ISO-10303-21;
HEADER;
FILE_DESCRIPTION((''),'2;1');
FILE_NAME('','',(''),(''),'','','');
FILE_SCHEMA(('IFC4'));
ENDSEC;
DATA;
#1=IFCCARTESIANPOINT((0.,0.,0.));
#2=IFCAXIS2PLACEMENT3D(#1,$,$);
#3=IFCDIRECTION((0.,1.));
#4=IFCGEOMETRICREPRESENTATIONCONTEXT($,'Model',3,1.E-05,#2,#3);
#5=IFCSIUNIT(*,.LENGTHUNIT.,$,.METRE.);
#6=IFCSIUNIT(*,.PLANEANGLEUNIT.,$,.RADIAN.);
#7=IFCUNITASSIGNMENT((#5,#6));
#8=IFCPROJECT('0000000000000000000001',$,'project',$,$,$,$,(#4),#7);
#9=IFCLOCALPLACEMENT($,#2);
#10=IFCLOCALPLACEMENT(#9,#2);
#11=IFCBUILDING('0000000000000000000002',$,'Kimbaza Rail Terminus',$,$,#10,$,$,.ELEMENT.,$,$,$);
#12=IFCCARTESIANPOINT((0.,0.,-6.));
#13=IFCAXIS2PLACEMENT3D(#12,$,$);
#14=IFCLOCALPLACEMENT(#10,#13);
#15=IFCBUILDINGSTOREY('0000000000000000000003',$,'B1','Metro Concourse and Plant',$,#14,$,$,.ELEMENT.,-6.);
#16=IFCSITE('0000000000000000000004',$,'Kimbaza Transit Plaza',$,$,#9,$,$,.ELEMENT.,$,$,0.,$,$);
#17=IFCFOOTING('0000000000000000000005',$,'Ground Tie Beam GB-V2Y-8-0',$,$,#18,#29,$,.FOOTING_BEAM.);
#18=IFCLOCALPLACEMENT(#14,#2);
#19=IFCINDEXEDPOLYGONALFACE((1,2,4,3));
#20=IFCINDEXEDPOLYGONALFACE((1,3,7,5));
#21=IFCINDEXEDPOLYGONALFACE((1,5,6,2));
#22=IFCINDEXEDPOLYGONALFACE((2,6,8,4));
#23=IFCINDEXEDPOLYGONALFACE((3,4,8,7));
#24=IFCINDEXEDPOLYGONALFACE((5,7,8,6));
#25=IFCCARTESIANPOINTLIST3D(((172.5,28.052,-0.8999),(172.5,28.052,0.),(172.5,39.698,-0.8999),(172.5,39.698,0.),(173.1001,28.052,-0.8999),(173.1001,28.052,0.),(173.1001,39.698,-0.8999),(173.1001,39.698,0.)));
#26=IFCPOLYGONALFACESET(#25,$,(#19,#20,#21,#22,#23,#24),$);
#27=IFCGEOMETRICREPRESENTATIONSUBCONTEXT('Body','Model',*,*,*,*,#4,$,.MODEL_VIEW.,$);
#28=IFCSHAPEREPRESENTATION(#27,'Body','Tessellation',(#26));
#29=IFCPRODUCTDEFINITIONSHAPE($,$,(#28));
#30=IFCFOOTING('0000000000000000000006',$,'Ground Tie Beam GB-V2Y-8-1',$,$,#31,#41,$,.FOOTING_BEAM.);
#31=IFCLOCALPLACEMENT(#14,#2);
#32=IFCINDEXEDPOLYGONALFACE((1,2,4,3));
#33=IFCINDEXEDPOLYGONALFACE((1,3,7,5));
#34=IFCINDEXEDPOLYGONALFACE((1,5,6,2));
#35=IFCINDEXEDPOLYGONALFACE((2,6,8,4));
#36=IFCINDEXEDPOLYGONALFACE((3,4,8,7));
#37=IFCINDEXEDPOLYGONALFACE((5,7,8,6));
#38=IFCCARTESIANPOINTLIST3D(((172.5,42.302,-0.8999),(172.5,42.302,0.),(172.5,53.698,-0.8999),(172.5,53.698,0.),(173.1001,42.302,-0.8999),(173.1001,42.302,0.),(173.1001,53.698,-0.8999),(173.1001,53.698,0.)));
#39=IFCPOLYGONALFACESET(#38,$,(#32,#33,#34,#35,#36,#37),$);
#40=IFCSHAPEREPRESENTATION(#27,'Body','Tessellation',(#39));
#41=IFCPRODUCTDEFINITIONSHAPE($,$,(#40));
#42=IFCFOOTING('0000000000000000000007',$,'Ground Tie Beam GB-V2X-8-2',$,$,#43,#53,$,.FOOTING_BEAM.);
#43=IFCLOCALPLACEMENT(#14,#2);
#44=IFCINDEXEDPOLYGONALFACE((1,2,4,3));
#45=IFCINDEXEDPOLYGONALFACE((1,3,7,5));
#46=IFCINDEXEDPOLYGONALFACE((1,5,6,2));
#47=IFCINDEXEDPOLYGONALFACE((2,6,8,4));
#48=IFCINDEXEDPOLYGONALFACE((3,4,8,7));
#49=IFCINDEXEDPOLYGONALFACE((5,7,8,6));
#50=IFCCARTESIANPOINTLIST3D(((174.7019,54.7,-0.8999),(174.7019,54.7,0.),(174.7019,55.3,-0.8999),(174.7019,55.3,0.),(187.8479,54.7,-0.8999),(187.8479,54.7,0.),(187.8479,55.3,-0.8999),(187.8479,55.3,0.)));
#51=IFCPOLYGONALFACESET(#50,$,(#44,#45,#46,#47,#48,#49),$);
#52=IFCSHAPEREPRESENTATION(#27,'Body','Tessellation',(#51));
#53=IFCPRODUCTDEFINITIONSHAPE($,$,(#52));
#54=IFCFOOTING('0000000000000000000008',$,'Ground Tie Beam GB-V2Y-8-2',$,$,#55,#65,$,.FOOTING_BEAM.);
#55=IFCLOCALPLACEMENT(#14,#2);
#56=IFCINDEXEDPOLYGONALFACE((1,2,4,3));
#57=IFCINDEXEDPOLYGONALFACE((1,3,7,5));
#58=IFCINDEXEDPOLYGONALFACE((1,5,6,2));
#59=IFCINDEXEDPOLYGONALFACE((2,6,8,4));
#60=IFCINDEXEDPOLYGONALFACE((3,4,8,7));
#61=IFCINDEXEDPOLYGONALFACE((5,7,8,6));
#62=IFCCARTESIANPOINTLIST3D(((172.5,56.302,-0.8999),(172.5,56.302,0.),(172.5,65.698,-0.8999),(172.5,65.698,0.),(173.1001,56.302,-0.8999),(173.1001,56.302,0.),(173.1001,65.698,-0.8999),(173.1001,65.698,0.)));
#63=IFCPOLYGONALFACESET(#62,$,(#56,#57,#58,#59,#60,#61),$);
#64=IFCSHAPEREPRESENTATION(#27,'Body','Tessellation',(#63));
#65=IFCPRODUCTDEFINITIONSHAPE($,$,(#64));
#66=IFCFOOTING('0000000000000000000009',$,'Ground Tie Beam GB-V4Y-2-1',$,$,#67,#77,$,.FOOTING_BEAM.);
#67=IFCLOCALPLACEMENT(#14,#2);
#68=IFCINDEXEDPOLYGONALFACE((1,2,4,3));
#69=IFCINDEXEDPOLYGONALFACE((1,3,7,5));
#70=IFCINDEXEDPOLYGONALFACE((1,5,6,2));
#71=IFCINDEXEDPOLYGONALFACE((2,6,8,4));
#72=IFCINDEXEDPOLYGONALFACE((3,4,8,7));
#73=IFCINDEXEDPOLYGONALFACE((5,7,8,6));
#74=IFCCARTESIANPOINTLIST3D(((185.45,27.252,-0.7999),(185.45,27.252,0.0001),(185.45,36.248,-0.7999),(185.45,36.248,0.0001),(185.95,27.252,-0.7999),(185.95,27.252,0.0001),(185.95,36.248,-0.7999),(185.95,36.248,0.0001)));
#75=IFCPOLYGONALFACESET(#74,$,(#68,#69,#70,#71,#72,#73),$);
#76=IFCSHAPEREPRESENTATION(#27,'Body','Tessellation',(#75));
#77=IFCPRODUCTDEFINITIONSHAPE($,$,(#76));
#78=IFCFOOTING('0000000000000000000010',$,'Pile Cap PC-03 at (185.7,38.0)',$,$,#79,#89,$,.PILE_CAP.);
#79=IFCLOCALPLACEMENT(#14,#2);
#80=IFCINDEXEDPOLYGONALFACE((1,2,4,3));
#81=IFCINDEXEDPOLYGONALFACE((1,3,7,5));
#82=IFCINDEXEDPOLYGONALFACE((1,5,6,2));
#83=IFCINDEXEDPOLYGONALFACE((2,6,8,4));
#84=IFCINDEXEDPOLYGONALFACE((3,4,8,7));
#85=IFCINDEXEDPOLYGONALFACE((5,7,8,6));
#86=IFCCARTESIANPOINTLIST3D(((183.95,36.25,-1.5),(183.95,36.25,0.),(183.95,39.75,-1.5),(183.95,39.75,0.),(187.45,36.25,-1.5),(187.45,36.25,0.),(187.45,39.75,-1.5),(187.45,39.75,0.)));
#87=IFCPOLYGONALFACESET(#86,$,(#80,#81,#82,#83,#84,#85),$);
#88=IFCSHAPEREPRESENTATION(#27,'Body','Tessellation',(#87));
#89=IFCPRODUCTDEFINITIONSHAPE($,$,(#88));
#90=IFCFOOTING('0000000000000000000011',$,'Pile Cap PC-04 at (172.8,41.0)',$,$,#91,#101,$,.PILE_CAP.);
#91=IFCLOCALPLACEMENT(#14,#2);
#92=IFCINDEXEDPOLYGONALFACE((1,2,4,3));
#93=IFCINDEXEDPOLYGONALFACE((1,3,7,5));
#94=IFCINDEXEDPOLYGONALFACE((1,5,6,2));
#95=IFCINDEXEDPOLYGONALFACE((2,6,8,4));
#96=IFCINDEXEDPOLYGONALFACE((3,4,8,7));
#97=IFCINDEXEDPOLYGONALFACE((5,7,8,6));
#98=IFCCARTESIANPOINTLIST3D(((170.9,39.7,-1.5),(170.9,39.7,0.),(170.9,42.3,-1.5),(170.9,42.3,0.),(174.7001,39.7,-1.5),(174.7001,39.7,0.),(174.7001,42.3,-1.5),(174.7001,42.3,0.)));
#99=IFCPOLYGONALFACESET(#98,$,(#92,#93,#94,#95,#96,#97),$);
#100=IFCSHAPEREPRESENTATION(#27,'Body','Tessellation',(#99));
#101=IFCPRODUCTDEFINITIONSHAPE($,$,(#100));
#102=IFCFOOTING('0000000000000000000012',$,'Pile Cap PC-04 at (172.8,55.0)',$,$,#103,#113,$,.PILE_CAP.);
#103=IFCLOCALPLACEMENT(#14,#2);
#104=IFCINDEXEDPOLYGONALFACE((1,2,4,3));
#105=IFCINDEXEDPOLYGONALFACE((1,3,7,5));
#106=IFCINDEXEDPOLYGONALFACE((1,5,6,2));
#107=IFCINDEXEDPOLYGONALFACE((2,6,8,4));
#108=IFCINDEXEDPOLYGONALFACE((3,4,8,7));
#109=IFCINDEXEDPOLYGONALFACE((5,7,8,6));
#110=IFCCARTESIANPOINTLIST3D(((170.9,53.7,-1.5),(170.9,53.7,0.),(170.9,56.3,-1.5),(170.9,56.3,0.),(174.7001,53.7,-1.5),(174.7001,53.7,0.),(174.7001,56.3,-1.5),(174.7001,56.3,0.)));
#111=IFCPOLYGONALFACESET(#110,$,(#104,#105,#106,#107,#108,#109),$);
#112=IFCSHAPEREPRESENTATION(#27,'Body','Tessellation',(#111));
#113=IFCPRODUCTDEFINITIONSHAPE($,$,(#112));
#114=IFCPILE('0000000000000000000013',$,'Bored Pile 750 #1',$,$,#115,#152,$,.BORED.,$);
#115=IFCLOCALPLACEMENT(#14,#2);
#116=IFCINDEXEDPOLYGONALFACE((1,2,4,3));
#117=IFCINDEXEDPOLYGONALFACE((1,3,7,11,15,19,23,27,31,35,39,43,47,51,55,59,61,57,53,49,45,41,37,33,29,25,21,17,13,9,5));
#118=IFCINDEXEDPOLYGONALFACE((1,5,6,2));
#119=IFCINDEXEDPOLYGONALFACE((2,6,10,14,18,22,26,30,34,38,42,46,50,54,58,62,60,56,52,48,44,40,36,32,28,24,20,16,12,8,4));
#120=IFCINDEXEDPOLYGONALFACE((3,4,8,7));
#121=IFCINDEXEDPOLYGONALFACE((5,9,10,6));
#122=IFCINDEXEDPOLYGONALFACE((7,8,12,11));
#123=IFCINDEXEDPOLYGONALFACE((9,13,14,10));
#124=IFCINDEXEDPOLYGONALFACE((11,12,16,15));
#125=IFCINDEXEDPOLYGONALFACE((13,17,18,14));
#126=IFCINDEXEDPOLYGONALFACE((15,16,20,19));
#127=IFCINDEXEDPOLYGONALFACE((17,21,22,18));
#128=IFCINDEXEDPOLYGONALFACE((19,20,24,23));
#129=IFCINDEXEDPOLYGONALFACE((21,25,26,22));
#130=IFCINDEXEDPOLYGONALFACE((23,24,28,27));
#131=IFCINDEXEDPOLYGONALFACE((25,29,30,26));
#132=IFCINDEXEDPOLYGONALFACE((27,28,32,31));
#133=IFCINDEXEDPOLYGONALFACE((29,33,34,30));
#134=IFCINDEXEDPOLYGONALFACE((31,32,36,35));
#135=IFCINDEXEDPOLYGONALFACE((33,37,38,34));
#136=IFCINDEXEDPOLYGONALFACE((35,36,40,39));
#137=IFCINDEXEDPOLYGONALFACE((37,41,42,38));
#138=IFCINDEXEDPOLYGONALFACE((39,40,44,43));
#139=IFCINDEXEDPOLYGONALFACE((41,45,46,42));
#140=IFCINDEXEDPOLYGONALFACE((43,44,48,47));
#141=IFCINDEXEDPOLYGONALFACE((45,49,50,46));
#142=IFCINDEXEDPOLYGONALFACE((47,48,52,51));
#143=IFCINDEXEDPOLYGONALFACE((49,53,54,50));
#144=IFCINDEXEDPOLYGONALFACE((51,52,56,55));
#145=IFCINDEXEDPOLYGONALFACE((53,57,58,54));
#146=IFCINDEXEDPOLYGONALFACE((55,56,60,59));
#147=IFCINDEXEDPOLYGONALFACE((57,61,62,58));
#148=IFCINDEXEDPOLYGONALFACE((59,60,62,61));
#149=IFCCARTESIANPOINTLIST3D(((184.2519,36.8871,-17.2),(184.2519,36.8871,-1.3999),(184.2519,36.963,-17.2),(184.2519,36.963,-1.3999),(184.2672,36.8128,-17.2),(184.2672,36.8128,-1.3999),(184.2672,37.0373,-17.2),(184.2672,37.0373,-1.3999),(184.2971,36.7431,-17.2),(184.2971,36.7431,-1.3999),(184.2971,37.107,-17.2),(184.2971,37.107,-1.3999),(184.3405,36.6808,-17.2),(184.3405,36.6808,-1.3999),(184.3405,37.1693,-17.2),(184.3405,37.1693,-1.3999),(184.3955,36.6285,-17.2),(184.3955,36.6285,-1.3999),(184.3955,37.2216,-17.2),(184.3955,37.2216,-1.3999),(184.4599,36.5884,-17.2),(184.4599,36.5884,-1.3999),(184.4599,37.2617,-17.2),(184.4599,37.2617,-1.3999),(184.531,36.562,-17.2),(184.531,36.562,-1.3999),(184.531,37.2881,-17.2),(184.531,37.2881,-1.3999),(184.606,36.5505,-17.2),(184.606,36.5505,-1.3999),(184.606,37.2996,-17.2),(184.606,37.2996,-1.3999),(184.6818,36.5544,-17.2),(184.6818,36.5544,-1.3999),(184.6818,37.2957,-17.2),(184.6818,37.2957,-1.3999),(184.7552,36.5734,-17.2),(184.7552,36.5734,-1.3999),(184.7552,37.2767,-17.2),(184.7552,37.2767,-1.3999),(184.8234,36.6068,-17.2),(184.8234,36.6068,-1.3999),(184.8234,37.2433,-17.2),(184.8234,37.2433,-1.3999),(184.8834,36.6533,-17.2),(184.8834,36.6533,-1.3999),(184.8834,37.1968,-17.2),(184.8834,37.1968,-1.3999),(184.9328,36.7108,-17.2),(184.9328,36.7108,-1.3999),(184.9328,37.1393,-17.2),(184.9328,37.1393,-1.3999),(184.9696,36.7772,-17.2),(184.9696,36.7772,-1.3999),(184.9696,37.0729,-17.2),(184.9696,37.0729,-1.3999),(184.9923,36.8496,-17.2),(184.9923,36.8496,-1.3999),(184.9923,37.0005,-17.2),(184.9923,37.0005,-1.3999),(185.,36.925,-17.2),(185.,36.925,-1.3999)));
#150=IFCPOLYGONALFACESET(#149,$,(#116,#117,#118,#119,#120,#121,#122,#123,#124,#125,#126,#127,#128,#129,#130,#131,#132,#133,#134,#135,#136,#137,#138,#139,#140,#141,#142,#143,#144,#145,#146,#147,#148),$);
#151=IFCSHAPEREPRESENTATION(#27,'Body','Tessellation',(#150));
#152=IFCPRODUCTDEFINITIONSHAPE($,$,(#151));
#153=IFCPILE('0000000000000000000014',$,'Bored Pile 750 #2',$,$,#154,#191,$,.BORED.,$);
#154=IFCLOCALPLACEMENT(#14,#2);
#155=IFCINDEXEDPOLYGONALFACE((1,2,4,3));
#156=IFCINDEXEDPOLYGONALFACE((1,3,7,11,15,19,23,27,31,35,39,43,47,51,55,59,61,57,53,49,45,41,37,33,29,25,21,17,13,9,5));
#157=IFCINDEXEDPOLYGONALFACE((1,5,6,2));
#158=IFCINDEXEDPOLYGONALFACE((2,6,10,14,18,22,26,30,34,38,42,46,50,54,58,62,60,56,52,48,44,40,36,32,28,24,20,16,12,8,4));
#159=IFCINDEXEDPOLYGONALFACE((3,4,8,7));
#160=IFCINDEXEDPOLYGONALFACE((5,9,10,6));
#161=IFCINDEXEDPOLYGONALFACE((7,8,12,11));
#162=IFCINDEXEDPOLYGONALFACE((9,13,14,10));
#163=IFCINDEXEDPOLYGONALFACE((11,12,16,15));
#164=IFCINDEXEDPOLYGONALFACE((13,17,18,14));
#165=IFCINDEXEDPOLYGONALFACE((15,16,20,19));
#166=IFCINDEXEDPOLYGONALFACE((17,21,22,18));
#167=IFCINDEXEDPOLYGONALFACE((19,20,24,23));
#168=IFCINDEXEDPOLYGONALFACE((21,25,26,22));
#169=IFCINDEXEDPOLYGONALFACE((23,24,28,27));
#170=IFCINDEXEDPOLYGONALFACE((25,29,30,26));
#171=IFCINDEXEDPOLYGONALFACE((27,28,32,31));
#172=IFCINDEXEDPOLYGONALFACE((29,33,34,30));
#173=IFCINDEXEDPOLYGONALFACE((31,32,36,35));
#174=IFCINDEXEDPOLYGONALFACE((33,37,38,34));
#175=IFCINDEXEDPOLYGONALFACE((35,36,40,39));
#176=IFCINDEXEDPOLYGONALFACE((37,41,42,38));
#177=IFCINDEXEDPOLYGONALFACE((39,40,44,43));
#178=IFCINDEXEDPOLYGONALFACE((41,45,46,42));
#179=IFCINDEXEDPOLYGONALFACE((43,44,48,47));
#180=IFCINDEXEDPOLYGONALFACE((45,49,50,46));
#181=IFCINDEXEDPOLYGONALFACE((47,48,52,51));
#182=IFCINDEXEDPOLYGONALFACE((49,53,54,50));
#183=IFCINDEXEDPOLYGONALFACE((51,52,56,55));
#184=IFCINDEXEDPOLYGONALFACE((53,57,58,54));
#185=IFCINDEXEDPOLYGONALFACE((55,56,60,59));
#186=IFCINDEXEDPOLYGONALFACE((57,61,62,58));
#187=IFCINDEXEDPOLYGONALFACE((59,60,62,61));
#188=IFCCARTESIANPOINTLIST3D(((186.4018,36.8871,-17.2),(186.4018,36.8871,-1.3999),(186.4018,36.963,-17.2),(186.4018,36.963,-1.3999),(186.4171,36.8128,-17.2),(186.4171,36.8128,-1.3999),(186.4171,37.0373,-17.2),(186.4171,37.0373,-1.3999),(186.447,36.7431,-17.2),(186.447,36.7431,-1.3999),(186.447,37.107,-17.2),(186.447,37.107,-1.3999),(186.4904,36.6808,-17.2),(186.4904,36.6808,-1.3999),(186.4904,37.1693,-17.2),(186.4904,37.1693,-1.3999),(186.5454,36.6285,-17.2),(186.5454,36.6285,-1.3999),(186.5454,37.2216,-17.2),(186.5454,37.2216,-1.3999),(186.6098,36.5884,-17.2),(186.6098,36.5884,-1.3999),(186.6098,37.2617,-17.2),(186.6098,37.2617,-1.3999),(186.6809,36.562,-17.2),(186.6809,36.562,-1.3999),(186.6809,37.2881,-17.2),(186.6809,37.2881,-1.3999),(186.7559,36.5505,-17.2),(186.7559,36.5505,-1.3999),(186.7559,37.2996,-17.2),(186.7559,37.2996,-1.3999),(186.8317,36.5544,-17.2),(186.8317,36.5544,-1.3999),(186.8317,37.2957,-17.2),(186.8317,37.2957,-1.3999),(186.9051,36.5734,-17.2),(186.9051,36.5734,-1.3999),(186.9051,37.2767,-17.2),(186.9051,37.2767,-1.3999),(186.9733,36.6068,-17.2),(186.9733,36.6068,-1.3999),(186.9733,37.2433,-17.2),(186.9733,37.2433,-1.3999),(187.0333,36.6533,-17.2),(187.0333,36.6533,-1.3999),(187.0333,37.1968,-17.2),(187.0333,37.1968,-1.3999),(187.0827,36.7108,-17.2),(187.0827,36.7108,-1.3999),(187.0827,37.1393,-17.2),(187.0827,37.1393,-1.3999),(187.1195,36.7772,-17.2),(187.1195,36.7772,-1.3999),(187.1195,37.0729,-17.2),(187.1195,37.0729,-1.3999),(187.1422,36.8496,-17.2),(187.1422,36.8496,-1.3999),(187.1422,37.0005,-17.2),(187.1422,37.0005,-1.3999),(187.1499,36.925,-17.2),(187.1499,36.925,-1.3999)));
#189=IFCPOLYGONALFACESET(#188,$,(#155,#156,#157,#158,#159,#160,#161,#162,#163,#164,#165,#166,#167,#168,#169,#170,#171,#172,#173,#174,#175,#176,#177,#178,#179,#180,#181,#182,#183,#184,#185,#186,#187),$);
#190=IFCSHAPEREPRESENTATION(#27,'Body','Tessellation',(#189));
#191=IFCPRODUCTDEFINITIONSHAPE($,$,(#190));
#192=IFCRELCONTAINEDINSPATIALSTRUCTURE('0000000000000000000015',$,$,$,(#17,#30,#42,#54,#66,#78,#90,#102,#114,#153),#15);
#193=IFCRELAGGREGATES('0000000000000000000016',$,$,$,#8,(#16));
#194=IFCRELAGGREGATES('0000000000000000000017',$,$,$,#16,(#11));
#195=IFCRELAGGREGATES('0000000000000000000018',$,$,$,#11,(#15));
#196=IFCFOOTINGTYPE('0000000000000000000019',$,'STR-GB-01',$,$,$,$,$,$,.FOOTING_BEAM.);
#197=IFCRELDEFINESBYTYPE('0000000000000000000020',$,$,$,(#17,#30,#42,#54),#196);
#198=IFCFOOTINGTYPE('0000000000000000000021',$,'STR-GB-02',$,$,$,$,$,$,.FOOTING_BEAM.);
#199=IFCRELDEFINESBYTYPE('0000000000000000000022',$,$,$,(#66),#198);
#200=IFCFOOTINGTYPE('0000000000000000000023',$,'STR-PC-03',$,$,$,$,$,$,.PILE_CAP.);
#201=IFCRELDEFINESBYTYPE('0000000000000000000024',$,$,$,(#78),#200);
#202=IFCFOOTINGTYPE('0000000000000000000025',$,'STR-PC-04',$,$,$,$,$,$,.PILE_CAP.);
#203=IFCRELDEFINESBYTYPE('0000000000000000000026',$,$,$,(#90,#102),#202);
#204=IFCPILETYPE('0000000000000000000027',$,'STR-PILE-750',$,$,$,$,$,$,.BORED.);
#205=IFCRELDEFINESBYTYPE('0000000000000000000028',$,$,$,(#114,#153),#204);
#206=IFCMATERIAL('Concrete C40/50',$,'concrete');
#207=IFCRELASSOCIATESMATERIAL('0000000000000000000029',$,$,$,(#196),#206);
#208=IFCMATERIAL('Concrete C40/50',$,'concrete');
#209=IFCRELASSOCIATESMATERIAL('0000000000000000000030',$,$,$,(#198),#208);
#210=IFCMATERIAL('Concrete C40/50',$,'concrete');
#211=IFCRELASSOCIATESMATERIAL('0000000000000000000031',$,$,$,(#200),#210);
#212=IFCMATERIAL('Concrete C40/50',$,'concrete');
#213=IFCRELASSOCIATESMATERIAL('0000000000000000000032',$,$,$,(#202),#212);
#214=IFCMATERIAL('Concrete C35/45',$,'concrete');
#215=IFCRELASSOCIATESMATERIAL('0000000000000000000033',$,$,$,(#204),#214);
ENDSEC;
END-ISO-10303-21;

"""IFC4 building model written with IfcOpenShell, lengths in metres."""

from ifc_helpers import new_model, si_unit, direction, frame, origin, origin_2d, place, context, subcontext, project, spatial, rectangle, circle, extrude, material, material_profile, profile_set, type_object, element, save


model = new_model("IFC4")

# Units and contexts
model_context = context("Model", 3, precision=1e-05, world=origin(), true_north=direction((0.0, 1.0)))
body_context = subcontext(model_context, "Body", "Model", "MODEL_VIEW")
ifc_project = project(units=[si_unit("LENGTHUNIT", "METRE"), si_unit("PLANEANGLEUNIT", "RADIAN")], contexts=[model_context])

# Site, building, storey
site_placement = place(None, origin())
site = spatial("IfcSite", under=ifc_project, at=site_placement, Name="Kimbaza Transit Plaza", CompositionType="ELEMENT", RefElevation=0.0)
building_placement = place(site_placement, origin())
building = spatial("IfcBuilding", under=site, at=building_placement, Name="Kimbaza Rail Terminus", CompositionType="ELEMENT")
storey_placement = place(building_placement, frame((0.0, 0.0, -6.0)))
storey = spatial("IfcBuildingStorey", under=building, at=storey_placement, Name="B1", Description="Metro Concourse and Plant", CompositionType="ELEMENT", Elevation=-6.0)

# Footings
ifc_material_1 = material(Name="Concrete C40/50", Category="concrete")
ifc_material_profile_1 = material_profile(ifc_material_1, rectangle(XDim=0.6001, YDim=0.8999, at=origin_2d()), Name="GB-01 600x900")
ifc_profile_set_1 = profile_set([ifc_material_profile_1], Name="Concrete C40/50")
footing_type_1 = type_object("IfcFootingType", Name="STR-GB-01", PredefinedType="FOOTING_BEAM", material=ifc_profile_set_1)
footing_1_placement = place(storey_placement, frame((172.8, 28.052, -0.45), z_axis=(0.0, 1.0, 0.0), x_axis=(-1.0, 0.0, 0.0)))
element("IfcFooting", 1, at=footing_1_placement, inside=storey, type_object=footing_type_1, Name="Ground Tie Beam GB-V2Y-8-0", PredefinedType="FOOTING_BEAM", context=body_context, shape_type="SweptSolid", body=[
    extrude(rectangle(XDim=0.6001, YDim=0.8999, at=origin_2d()), origin(), (0.0, 0.0, 1.0), 11.646),
])
footing_2_placement = place(storey_placement, frame((172.8, 42.302, -0.45), z_axis=(0.0, 1.0, 0.0), x_axis=(-1.0, 0.0, 0.0)))
element("IfcFooting", 2, at=footing_2_placement, inside=storey, type_object=footing_type_1, Name="Ground Tie Beam GB-V2Y-8-1", PredefinedType="FOOTING_BEAM", context=body_context, shape_type="SweptSolid", body=[
    extrude(rectangle(XDim=0.6001, YDim=0.8999, at=origin_2d()), origin(), (0.0, 0.0, 1.0), 11.396),
])
footing_3_placement = place(storey_placement, frame((174.7019, 55.0, -0.45), z_axis=(1.0, 0.0, 0.0), x_axis=(0.0, 1.0, 0.0)))
element("IfcFooting", 3, at=footing_3_placement, inside=storey, type_object=footing_type_1, Name="Ground Tie Beam GB-V2X-8-2", PredefinedType="FOOTING_BEAM", context=body_context, shape_type="SweptSolid", body=[
    extrude(rectangle(XDim=0.6001, YDim=0.8999, at=origin_2d()), origin(), (0.0, 0.0, 1.0), 13.146),
])
footing_4_placement = place(storey_placement, frame((172.8, 56.302, -0.45), z_axis=(0.0, 1.0, 0.0), x_axis=(-1.0, 0.0, 0.0)))
element("IfcFooting", 4, at=footing_4_placement, inside=storey, type_object=footing_type_1, Name="Ground Tie Beam GB-V2Y-8-2", PredefinedType="FOOTING_BEAM", context=body_context, shape_type="SweptSolid", body=[
    extrude(rectangle(XDim=0.6001, YDim=0.8999, at=origin_2d()), origin(), (0.0, 0.0, 1.0), 9.396),
])
ifc_material_2 = material(Name="Concrete C40/50", Category="concrete")
ifc_material_profile_2 = material_profile(ifc_material_2, rectangle(XDim=0.5, YDim=0.8, at=origin_2d()), Name="GB-02 500x800")
ifc_profile_set_2 = profile_set([ifc_material_profile_2], Name="Concrete C40/50")
footing_type_2 = type_object("IfcFootingType", Name="STR-GB-02", PredefinedType="FOOTING_BEAM", material=ifc_profile_set_2)
footing_5_placement = place(storey_placement, frame((185.7, 27.252, -0.3999), z_axis=(0.0, 1.0, 0.0), x_axis=(-1.0, 0.0, 0.0)))
element("IfcFooting", 5, at=footing_5_placement, inside=storey, type_object=footing_type_2, Name="Ground Tie Beam GB-V4Y-2-1", PredefinedType="FOOTING_BEAM", context=body_context, shape_type="SweptSolid", body=[
    extrude(rectangle(XDim=0.5, YDim=0.8, at=origin_2d()), origin(), (0.0, 0.0, 1.0), 8.9961),
])
ifc_material_3 = material(Name="Concrete C40/50", Category="concrete")
footing_type_3 = type_object("IfcFootingType", Name="STR-PC-03", PredefinedType="PILE_CAP", material=ifc_material_3)
footing_6_placement = place(storey_placement, frame((185.7, 38.0, -1.5), z_axis=(0.0, 0.0, 1.0), x_axis=(1.0, 0.0, 0.0)))
element("IfcFooting", 6, at=footing_6_placement, inside=storey, type_object=footing_type_3, Name="Pile Cap PC-03 at (185.7,38.0)", PredefinedType="PILE_CAP", context=body_context, shape_type="SweptSolid", body=[
    extrude(rectangle(XDim=3.5, YDim=3.5, at=origin_2d()), origin(), (0.0, 0.0, 1.0), 1.5),
])
ifc_material_4 = material(Name="Concrete C40/50", Category="concrete")
footing_type_4 = type_object("IfcFootingType", Name="STR-PC-04", PredefinedType="PILE_CAP", material=ifc_material_4)
for number, where, z_axis, x_axis, name in (
    (7, (172.8, 41.0, -1.5), (0.0, 0.0, 1.0), (1.0, 0.0, 0.0), "Pile Cap PC-04 at (172.8,41.0)"),
    (8, (172.8, 55.0, -1.5), (0.0, 0.0, 1.0), (1.0, 0.0, 0.0), "Pile Cap PC-04 at (172.8,55.0)"),
):
    element("IfcFooting", number, at=place(storey_placement, frame(where, z_axis=z_axis, x_axis=x_axis)), inside=storey, type_object=footing_type_4, Name=name, PredefinedType="PILE_CAP", context=body_context, shape_type="SweptSolid", body=[
        extrude(rectangle(XDim=3.8, YDim=2.6001, at=origin_2d()), origin(), (0.0, 0.0, 1.0), 1.5),
    ])

# Piles
ifc_material_5 = material(Name="Concrete C35/45", Category="concrete")
ifc_material_profile_3 = material_profile(ifc_material_5, circle(Radius=0.375, at=origin_2d()), Name="BORED PILE 750")
ifc_profile_set_3 = profile_set([ifc_material_profile_3], Name="Concrete C35/45")
pile_type_1 = type_object("IfcPileType", Name="STR-PILE-750", PredefinedType="BORED", material=ifc_profile_set_3)
for number, where, z_axis, x_axis, name in (
    (9, (184.625, 36.925, -1.3999), (0.0, 0.0, -1.0), (1.0, 0.0, 0.0), "Bored Pile 750 #1"),
    (10, (186.7749, 36.925, -1.3999), (0.0, 0.0, -1.0), (1.0, 0.0, 0.0), "Bored Pile 750 #2"),
):
    element("IfcPile", number, at=place(storey_placement, frame(where, z_axis=z_axis, x_axis=x_axis)), inside=storey, type_object=pile_type_1, Name=name, PredefinedType="BORED", context=body_context, shape_type="SweptSolid", body=[
        extrude(circle(Radius=0.375, at=origin_2d()), origin(), (0.0, 0.0, 1.0), 15.8),
    ])

save(model, "model.ifc")
